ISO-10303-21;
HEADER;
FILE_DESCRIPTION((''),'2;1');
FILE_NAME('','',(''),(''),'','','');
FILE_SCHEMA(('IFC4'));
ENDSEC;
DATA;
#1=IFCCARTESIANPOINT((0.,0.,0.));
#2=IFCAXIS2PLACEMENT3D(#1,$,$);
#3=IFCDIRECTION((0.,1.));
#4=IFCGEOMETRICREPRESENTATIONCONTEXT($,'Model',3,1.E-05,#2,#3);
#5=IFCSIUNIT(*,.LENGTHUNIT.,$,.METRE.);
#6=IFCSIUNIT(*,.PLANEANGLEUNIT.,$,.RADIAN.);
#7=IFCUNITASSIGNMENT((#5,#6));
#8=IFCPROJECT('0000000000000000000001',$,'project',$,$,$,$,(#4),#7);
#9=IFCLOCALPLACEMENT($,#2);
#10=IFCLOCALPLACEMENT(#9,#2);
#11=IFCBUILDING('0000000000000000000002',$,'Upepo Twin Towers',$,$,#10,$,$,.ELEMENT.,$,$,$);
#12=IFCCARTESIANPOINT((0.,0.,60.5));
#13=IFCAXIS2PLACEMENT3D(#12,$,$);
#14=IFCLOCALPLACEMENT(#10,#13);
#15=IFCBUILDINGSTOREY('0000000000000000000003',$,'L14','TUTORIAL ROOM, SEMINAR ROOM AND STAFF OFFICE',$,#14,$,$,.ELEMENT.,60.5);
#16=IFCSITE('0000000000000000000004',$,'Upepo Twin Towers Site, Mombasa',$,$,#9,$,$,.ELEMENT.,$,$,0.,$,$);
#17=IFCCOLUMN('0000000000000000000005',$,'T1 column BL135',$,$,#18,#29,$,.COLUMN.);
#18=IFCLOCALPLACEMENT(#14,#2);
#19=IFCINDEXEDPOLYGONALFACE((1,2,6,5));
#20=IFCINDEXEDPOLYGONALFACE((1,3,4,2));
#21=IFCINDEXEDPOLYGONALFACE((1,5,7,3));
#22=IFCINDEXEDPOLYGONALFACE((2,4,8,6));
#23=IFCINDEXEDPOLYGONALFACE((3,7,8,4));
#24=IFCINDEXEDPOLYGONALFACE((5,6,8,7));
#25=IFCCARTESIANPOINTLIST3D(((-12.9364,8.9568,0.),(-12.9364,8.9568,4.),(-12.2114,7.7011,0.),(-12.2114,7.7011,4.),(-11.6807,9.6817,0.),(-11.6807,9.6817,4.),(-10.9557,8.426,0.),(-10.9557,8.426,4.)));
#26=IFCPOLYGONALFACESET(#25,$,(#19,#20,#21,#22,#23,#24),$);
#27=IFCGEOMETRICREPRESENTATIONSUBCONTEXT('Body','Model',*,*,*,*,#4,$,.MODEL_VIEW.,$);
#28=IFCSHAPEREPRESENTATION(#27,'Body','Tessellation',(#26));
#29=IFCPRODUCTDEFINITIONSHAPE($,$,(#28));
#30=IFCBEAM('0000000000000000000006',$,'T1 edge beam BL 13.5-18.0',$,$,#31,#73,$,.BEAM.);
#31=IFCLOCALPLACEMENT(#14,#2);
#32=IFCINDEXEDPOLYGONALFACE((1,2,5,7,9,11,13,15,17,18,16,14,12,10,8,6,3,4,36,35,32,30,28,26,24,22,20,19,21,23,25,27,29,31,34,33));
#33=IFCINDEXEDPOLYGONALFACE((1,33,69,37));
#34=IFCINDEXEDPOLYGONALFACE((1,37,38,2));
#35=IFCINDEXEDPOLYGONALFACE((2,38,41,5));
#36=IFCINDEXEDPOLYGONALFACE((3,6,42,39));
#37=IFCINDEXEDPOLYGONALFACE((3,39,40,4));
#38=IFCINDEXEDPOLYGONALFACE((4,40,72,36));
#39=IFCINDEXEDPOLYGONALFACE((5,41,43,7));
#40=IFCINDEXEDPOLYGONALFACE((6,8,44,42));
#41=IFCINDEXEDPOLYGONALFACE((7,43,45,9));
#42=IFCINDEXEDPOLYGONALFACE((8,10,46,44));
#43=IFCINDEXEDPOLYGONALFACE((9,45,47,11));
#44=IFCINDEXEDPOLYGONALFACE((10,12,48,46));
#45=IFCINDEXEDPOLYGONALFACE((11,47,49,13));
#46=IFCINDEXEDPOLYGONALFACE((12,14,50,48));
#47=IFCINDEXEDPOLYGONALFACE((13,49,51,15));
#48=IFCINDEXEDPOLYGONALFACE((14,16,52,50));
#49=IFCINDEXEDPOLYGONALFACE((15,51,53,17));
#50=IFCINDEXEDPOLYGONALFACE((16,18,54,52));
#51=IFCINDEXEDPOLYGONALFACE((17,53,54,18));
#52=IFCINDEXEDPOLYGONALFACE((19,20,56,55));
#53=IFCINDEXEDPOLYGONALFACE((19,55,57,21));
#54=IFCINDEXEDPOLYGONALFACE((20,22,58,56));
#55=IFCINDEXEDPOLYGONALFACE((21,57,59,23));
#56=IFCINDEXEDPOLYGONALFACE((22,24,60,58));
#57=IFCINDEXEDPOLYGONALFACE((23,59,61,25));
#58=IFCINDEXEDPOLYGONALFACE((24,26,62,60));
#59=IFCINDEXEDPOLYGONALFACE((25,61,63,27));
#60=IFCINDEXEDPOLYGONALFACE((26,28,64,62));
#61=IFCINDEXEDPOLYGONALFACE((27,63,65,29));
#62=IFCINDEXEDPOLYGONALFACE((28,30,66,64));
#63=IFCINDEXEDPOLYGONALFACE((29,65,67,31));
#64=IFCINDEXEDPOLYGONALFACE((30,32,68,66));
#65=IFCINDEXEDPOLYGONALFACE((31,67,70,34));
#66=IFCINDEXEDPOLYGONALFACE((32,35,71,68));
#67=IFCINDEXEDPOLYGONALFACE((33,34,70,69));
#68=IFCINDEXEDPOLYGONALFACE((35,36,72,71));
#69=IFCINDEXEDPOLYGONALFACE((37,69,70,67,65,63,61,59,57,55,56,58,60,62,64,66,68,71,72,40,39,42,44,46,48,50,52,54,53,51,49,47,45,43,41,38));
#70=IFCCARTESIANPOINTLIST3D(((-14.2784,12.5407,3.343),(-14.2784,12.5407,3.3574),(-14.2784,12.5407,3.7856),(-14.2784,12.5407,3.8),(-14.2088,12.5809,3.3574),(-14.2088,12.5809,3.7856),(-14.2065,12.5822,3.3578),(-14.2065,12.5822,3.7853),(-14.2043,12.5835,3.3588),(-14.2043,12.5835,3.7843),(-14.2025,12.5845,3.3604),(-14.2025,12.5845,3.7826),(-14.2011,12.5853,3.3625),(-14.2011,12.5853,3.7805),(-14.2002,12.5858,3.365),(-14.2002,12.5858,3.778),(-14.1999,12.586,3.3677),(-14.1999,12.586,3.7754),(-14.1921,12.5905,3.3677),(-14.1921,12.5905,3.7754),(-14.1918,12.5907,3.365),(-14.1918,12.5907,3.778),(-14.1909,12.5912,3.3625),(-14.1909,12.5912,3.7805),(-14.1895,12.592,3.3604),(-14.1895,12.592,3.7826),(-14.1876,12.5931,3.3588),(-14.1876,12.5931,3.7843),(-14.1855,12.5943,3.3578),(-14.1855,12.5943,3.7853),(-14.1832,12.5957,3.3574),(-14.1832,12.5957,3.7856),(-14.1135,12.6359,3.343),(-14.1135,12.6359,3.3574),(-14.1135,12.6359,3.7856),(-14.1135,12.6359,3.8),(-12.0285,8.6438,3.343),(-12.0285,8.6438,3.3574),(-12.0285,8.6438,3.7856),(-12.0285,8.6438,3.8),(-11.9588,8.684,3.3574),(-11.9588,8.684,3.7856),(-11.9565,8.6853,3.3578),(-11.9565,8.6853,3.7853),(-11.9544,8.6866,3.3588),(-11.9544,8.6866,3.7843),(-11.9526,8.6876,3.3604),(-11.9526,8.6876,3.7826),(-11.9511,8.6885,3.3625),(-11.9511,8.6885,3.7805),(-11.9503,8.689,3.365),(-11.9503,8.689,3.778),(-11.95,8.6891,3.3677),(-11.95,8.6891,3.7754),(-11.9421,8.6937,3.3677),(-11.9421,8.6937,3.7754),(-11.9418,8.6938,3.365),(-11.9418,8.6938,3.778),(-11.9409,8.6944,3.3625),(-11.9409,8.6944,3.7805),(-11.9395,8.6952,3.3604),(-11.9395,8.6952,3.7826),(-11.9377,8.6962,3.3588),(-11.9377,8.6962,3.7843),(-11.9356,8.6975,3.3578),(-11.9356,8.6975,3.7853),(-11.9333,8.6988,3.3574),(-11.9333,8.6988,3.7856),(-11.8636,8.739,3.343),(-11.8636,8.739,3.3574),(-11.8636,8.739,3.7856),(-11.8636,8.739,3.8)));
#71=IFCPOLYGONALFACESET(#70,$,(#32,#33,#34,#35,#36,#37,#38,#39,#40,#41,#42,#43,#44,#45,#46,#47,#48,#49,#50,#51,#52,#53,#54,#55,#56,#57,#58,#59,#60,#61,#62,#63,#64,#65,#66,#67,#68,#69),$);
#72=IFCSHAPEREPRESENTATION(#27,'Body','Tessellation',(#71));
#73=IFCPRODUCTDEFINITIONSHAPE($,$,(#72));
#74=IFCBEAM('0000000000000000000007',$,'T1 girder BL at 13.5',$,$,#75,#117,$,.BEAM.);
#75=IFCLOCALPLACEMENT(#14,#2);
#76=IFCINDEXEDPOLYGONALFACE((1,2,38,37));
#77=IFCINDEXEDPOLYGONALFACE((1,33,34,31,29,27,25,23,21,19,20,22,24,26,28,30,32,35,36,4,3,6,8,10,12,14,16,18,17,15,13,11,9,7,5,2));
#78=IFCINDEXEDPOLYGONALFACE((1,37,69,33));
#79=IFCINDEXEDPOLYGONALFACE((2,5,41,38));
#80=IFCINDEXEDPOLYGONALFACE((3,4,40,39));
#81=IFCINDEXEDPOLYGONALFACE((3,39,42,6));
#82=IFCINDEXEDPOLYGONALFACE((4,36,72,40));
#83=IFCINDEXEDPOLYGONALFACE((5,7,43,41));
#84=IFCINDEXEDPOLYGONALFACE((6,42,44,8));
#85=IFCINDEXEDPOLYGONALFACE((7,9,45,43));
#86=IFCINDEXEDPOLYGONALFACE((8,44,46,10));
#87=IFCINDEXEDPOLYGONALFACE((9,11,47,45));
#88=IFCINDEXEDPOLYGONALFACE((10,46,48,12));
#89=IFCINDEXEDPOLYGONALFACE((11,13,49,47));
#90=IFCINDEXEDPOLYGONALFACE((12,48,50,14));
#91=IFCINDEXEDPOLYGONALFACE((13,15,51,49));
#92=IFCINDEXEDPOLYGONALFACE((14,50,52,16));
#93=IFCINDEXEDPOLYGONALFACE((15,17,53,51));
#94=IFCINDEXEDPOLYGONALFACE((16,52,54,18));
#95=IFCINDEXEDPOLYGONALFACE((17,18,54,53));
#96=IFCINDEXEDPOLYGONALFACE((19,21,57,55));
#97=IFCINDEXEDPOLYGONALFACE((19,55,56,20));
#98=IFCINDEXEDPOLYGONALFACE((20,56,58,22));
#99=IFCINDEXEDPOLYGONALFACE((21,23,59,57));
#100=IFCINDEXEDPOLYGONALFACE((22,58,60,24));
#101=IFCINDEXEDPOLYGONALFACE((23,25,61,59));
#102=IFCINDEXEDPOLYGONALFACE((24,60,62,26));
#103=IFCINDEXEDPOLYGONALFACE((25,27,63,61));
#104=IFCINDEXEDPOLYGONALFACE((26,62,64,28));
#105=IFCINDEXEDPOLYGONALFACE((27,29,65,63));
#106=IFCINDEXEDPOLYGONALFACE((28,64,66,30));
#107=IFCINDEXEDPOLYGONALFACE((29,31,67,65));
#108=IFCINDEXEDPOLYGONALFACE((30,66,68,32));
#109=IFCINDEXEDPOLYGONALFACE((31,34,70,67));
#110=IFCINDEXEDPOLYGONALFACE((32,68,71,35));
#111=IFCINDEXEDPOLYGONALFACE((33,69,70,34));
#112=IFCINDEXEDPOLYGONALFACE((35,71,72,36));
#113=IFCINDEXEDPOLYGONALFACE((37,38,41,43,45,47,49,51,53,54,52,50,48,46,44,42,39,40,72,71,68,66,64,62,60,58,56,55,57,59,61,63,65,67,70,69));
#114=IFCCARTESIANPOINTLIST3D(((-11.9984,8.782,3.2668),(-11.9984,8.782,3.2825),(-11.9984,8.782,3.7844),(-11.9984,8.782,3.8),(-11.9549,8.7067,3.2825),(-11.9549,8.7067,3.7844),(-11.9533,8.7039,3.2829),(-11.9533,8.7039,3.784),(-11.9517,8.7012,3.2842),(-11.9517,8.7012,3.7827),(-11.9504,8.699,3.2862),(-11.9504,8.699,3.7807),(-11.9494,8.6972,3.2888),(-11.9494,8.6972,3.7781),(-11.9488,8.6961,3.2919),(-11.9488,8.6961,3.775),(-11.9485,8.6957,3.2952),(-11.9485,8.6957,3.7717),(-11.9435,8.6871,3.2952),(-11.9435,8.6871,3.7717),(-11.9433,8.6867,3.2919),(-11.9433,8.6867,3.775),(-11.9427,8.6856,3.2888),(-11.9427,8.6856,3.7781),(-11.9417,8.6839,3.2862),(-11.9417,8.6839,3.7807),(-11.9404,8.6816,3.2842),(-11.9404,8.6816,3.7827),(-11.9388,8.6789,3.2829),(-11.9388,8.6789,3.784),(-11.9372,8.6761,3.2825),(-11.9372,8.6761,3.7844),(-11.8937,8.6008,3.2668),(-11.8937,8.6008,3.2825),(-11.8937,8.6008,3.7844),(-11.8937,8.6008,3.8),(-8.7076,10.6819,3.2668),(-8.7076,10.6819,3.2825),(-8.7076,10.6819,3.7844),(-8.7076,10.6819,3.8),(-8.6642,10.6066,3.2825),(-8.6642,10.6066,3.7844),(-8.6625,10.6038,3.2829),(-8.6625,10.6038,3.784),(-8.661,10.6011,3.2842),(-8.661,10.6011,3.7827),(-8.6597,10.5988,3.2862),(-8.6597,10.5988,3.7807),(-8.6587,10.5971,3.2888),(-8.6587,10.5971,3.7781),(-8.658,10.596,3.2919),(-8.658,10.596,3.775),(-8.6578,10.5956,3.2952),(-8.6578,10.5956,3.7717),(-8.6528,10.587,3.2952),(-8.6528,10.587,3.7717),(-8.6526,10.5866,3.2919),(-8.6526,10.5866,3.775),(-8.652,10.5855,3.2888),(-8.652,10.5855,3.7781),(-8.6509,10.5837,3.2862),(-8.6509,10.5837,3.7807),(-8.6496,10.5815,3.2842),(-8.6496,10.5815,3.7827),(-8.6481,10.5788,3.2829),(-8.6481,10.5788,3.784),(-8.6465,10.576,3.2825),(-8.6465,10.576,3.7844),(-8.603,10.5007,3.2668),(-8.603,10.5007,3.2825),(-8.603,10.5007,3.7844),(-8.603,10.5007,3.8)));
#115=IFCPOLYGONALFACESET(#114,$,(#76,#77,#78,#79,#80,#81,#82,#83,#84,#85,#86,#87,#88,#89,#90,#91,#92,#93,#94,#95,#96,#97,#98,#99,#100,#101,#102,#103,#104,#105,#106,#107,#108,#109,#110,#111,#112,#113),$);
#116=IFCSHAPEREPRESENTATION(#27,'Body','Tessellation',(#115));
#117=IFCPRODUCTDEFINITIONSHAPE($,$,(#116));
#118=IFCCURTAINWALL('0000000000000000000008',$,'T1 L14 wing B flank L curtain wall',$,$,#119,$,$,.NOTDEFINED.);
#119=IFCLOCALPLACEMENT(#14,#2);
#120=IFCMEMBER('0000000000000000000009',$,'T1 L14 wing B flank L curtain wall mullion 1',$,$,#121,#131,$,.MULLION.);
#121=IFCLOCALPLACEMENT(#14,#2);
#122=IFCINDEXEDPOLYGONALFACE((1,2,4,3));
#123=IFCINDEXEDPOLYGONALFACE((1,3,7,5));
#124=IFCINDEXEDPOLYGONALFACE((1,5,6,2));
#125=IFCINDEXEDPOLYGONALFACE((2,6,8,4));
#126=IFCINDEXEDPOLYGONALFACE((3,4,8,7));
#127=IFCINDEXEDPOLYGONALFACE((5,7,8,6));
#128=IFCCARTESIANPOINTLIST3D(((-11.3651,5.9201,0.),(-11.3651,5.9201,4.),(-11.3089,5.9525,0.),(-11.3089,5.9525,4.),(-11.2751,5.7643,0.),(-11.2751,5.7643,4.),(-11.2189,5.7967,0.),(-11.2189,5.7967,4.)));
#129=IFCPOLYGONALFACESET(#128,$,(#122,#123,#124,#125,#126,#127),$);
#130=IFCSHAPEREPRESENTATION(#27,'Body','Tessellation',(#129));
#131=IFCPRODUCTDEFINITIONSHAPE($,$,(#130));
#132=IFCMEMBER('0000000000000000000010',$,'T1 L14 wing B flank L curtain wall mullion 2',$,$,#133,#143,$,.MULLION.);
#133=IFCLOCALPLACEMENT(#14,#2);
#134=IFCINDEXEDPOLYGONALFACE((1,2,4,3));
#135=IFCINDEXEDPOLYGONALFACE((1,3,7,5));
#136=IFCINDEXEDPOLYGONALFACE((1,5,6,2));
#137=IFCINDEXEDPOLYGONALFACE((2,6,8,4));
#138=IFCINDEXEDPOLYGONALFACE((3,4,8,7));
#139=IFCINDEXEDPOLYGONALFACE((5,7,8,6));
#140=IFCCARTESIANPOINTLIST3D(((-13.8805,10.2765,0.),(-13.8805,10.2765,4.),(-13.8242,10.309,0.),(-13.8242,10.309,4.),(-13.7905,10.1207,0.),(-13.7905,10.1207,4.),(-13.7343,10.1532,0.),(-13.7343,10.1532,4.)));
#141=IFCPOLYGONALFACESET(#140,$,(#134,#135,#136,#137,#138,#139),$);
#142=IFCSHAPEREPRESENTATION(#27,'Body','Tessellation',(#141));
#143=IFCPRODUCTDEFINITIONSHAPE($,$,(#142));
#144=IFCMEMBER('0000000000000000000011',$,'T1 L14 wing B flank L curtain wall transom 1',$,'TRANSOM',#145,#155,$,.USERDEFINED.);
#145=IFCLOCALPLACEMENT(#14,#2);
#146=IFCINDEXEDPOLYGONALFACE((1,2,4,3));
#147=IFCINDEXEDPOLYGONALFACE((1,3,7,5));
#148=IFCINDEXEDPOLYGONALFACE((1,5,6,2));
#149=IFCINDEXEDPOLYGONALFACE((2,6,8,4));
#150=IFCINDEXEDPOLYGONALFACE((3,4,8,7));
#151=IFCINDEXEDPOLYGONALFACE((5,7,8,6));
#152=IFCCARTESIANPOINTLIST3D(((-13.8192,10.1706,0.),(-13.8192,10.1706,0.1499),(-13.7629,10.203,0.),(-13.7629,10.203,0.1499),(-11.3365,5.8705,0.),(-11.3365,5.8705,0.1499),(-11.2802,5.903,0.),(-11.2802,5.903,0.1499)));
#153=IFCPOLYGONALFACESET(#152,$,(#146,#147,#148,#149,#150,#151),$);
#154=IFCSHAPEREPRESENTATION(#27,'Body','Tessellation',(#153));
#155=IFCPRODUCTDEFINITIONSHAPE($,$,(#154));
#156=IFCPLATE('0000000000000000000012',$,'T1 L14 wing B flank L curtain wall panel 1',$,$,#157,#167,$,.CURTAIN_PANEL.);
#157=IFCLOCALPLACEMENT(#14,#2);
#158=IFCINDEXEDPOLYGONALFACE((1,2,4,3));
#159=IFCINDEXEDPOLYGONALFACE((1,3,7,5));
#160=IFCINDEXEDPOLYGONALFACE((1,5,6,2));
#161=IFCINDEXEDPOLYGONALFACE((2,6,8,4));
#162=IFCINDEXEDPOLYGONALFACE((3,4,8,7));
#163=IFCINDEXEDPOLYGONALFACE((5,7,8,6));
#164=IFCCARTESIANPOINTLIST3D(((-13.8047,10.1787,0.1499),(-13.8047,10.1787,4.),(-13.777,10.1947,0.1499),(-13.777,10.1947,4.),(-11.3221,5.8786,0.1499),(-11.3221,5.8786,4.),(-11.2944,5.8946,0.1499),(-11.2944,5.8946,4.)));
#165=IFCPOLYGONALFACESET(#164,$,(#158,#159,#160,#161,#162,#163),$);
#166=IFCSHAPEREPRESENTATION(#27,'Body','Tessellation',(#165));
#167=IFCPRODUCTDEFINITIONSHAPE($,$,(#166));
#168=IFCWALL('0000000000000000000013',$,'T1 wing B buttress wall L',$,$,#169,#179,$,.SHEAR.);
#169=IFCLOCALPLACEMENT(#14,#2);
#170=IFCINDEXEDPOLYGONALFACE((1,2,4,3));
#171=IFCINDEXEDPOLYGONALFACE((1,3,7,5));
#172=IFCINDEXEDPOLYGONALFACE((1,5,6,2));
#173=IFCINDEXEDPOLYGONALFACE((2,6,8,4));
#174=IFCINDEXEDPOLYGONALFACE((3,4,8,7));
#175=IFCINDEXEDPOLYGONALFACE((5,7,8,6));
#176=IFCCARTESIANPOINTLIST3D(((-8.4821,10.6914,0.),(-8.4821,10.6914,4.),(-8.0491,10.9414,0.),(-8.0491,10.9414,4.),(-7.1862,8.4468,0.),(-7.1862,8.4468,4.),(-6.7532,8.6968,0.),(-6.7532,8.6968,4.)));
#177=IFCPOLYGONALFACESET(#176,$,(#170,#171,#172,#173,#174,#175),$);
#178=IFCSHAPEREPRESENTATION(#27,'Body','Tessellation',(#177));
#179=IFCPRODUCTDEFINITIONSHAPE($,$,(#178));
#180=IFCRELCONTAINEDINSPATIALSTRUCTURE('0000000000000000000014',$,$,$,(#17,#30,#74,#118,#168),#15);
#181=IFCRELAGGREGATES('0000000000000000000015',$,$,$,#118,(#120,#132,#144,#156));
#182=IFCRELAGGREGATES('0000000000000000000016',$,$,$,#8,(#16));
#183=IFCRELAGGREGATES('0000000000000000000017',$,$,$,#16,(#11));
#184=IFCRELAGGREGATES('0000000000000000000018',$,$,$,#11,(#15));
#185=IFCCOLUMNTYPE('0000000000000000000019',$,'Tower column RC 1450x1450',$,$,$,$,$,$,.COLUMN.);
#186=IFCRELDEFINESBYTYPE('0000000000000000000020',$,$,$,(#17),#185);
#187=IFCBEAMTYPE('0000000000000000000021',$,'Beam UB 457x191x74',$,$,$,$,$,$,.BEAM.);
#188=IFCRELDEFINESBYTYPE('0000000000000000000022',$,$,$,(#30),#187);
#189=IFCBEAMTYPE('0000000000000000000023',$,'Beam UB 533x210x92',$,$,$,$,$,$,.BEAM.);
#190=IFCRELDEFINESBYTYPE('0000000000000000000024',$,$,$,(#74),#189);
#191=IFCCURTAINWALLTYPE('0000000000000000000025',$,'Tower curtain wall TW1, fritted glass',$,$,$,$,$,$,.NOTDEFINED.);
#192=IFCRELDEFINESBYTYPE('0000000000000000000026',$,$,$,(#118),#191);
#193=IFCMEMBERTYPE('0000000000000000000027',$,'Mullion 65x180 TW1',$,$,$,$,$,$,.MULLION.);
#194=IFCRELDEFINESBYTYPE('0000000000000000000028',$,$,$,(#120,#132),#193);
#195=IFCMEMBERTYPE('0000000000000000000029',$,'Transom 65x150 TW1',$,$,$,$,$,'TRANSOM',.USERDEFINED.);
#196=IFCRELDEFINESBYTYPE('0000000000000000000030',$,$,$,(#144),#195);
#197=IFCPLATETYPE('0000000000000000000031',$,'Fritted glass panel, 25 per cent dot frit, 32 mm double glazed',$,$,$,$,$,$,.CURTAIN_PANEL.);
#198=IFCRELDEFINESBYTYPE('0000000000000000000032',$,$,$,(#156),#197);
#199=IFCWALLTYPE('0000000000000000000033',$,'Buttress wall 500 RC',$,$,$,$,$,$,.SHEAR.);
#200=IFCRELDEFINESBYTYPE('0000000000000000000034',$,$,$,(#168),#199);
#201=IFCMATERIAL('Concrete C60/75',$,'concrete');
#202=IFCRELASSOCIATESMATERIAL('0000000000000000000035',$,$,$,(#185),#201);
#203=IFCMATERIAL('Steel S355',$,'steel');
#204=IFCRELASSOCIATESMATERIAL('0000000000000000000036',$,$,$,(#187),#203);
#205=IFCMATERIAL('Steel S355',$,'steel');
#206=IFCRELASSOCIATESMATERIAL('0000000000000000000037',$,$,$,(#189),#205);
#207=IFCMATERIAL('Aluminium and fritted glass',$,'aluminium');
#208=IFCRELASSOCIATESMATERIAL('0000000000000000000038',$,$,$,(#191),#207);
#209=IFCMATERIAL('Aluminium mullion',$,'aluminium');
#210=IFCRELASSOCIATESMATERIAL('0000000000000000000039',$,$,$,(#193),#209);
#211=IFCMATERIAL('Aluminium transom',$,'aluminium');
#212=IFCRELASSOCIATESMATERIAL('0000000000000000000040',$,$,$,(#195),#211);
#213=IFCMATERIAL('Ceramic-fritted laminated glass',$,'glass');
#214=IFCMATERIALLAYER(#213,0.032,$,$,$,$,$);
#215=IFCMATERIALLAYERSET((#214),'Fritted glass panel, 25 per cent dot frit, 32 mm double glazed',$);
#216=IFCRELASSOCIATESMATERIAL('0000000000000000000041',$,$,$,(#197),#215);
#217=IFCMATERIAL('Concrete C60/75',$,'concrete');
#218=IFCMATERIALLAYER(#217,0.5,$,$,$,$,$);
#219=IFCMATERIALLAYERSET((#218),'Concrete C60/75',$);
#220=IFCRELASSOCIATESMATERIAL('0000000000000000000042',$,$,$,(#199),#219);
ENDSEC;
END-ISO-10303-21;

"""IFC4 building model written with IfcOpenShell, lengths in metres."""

from ifc_helpers import new_model, si_unit, direction, frame, frame_2d, origin, origin_2d, place, context, subcontext, project, spatial, rectangle, i_section, extrude, material, layer, layer_set, material_profile, profile_set, type_object, element, aggregate, save


model = new_model("IFC4")

# Units and contexts
model_context = context("Model", 3, precision=1e-05, world=origin(), true_north=direction((0.0, 1.0)))
body_context = subcontext(model_context, "Body", "Model", "MODEL_VIEW")
ifc_project = project(units=[si_unit("LENGTHUNIT", "METRE"), si_unit("PLANEANGLEUNIT", "RADIAN")], contexts=[model_context])

# Site, building, storey
site_placement = place(None, origin())
site = spatial("IfcSite", under=ifc_project, at=site_placement, Name="Upepo Twin Towers Site, Mombasa", CompositionType="ELEMENT", RefElevation=0.0)
building_placement = place(site_placement, origin())
building = spatial("IfcBuilding", under=site, at=building_placement, Name="Upepo Twin Towers", CompositionType="ELEMENT")
storey_placement = place(building_placement, frame((0.0, 0.0, 60.5)))
storey = spatial("IfcBuildingStorey", under=building, at=storey_placement, Name="L14", Description="TUTORIAL ROOM, SEMINAR ROOM AND STAFF OFFICE", CompositionType="ELEMENT", Elevation=60.5)

# Column
ifc_material_1 = material(Name="Concrete C60/75", Category="concrete")
ifc_material_profile_1 = material_profile(ifc_material_1, rectangle(XDim=1.45, YDim=1.45, at=origin_2d()), Name="RC 1450x1450")
ifc_profile_set_1 = profile_set([ifc_material_profile_1], Name="Concrete C60/75")
column_type = type_object("IfcColumnType", Name="Tower column RC 1450x1450", PredefinedType="COLUMN", material=ifc_profile_set_1)
column_placement = place(storey_placement, frame((-11.946, 8.6914, 0.0), z_axis=(0.0, 0.0, 1.0), x_axis=(0.866025, 0.5, 0.0)))
element("IfcColumn", 1, at=column_placement, inside=storey, type_object=column_type, Name="T1 column BL135", PredefinedType="COLUMN", context=body_context, shape_type="SweptSolid", body=[
    extrude(rectangle(XDim=1.45, YDim=1.45, at=origin_2d()), origin(), (0.0, 0.0, 1.0), 4.0),
])

# Beams
ifc_material_2 = material(Name="Steel S355", Category="steel")
ifc_material_profile_2 = material_profile(ifc_material_2, i_section(OverallWidth=0.1904, OverallDepth=0.457, WebThickness=0.009, FlangeThickness=0.0144, FilletRadius=0.0103, at=origin_2d()), Name="UB 457x191x74")
ifc_profile_set_2 = profile_set([ifc_material_profile_2], Name="Steel S355")
beam_type_1 = type_object("IfcBeamType", Name="Beam UB 457x191x74", PredefinedType="BEAM", material=ifc_profile_set_2)
beam_1_placement = place(storey_placement, frame((-11.946, 8.6914, 3.5715), z_axis=(-0.500014, 0.866018, 0.0), x_axis=(-0.866018, -0.500014, 0.0)))
element("IfcBeam", 2, at=beam_1_placement, inside=storey, type_object=beam_type_1, Name="T1 edge beam BL 13.5-18.0", PredefinedType="BEAM", context=body_context, shape_type="SweptSolid", body=[
    extrude(i_section(OverallWidth=0.1904, OverallDepth=0.457, WebThickness=0.009, FlangeThickness=0.0144, FilletRadius=0.0103, at=origin_2d()), origin(), (0.0, 0.0, 1.0), 4.4998),
])
ifc_material_3 = material(Name="Steel S355", Category="steel")
ifc_material_profile_3 = material_profile(ifc_material_3, i_section(OverallWidth=0.2092, OverallDepth=0.5332, WebThickness=0.01, FlangeThickness=0.0156, FilletRadius=0.0127, at=origin_2d()), Name="UB 533x210x92")
ifc_profile_set_3 = profile_set([ifc_material_profile_3], Name="Steel S355")
beam_type_2 = type_object("IfcBeamType", Name="Beam UB 533x210x92", PredefinedType="BEAM", material=ifc_profile_set_3)
beam_2_placement = place(storey_placement, frame((-11.946, 8.6914, 3.5334), z_axis=(0.866028, 0.499995, 0.0), x_axis=(-0.499995, 0.866028, 0.0)))
element("IfcBeam", 3, at=beam_2_placement, inside=storey, type_object=beam_type_2, Name="T1 girder BL at 13.5", PredefinedType="BEAM", context=body_context, shape_type="SweptSolid", body=[
    extrude(i_section(OverallWidth=0.2092, OverallDepth=0.5332, WebThickness=0.01, FlangeThickness=0.0156, FilletRadius=0.0127, at=origin_2d()), origin(), (0.0, 0.0, 1.0), 3.7998),
])

# Curtain wall, members, plate
ifc_material_4 = material(Name="Aluminium and fritted glass", Category="aluminium")
curtain_wall_type = type_object("IfcCurtainWallType", Name="Tower curtain wall TW1, fritted glass", PredefinedType="NOTDEFINED", material=ifc_material_4)
curtain_wall_placement = place(storey_placement, origin())
curtain_wall = element("IfcCurtainWall", 4, at=curtain_wall_placement, inside=storey, type_object=curtain_wall_type, Name="T1 L14 wing B flank L curtain wall", PredefinedType="NOTDEFINED")
ifc_material_5 = material(Name="Aluminium mullion", Category="aluminium")
ifc_material_profile_4 = material_profile(ifc_material_5, rectangle(XDim=0.0649, YDim=0.1799, at=origin_2d()), Name="MULLION 65x180")
ifc_profile_set_4 = profile_set([ifc_material_profile_4], Name="Aluminium mullion")
member_type_1 = type_object("IfcMemberType", Name="Mullion 65x180 TW1", PredefinedType="MULLION", material=ifc_profile_set_4)
member_1_placement = place(storey_placement, frame((-11.292, 5.8584, 0.0), z_axis=(0.0, 0.0, 1.0), x_axis=(-0.866025, -0.5, 0.0)))
member_1 = element("IfcMember", 5, at=member_1_placement, type_object=member_type_1, Name="T1 L14 wing B flank L curtain wall mullion 1", PredefinedType="MULLION", context=body_context, shape_type="SweptSolid", body=[
    extrude(rectangle(XDim=0.0649, YDim=0.1799, at=origin_2d()), origin(), (0.0, 0.0, 1.0), 4.0),
])
member_2_placement = place(storey_placement, frame((-13.8074, 10.2148, 0.0), z_axis=(0.0, 0.0, 1.0), x_axis=(-0.866025, -0.5, 0.0)))
member_2 = element("IfcMember", 6, at=member_2_placement, type_object=member_type_1, Name="T1 L14 wing B flank L curtain wall mullion 2", PredefinedType="MULLION", context=body_context, shape_type="SweptSolid", body=[
    extrude(rectangle(XDim=0.0649, YDim=0.1799, at=origin_2d()), origin(), (0.0, 0.0, 1.0), 4.0),
])
ifc_material_6 = material(Name="Aluminium transom", Category="aluminium")
ifc_material_profile_5 = material_profile(ifc_material_6, rectangle(XDim=0.0649, YDim=0.1499, at=origin_2d()), Name="TRANSOM 65x150")
ifc_profile_set_5 = profile_set([ifc_material_profile_5], Name="Aluminium transom")
member_type_2 = type_object("IfcMemberType", Name="Transom 65x150 TW1", ElementType="TRANSOM", PredefinedType="USERDEFINED", material=ifc_profile_set_5)
member_3_placement = place(storey_placement, frame((-11.3083, 5.8867, 0.075), z_axis=(-0.500005, 0.866023, 0.0), x_axis=(-0.866023, -0.500005, 0.0)))
member_3 = element("IfcMember", 7, at=member_3_placement, type_object=member_type_2, Name="T1 L14 wing B flank L curtain wall transom 1", ObjectType="TRANSOM", PredefinedType="USERDEFINED", context=body_context, shape_type="SweptSolid", body=[
    extrude(rectangle(XDim=0.0649, YDim=0.1499, at=origin_2d()), origin(), (0.0, 0.0, 1.0), 4.9653),
])
ifc_material_7 = material(Name="Ceramic-fritted laminated glass", Category="glass")
ifc_layer_1 = layer(ifc_material_7, 0.032)
ifc_layer_set_1 = layer_set([ifc_layer_1], Name="Fritted glass panel, 25 per cent dot frit, 32 mm double glazed")
plate_type = type_object("IfcPlateType", Name="Fritted glass panel, 25 per cent dot frit, 32 mm double glazed", PredefinedType="CURTAIN_PANEL", material=ifc_layer_set_1)
plate_placement = place(storey_placement, frame((-12.5496, 8.0366, 0.1499), z_axis=(0.0, 0.0, 1.0), x_axis=(-0.5, 0.866025, 0.0)))
plate = element("IfcPlate", 8, at=plate_placement, type_object=plate_type, Name="T1 L14 wing B flank L curtain wall panel 1", PredefinedType="CURTAIN_PANEL", context=body_context, shape_type="SweptSolid", body=[
    extrude(rectangle(XDim=4.9653, YDim=0.032, at=origin_2d()), origin(), (0.0, 0.0, 1.0), 3.8501),
])
aggregate(curtain_wall, [member_1, member_2, member_3, plate])

# Wall
ifc_material_8 = material(Name="Concrete C60/75", Category="concrete")
ifc_layer_2 = layer(ifc_material_8, 0.5)
ifc_layer_set_2 = layer_set([ifc_layer_2], Name="Concrete C60/75")
wall_type_1 = type_object("IfcWallType", Name="Buttress wall 500 RC", PredefinedType="SHEAR", material=ifc_layer_set_2)
wall_1_placement = place(storey_placement, frame((-6.9697, 8.5718, 0.0), z_axis=(0.0, 0.0, 1.0), x_axis=(-0.499989, 0.866032, 0.0)))
element("IfcWall", 9, at=wall_1_placement, inside=storey, type_object=wall_type_1, Name="T1 wing B buttress wall L", PredefinedType="SHEAR", context=body_context, shape_type="SweptSolid", body=[
    extrude(rectangle(XDim=2.5918, YDim=0.5, at=frame_2d((1.2959, 0.0))), origin(), (0.0, 0.0, 1.0), 4.0),
])

save(model, "model.ifc")
